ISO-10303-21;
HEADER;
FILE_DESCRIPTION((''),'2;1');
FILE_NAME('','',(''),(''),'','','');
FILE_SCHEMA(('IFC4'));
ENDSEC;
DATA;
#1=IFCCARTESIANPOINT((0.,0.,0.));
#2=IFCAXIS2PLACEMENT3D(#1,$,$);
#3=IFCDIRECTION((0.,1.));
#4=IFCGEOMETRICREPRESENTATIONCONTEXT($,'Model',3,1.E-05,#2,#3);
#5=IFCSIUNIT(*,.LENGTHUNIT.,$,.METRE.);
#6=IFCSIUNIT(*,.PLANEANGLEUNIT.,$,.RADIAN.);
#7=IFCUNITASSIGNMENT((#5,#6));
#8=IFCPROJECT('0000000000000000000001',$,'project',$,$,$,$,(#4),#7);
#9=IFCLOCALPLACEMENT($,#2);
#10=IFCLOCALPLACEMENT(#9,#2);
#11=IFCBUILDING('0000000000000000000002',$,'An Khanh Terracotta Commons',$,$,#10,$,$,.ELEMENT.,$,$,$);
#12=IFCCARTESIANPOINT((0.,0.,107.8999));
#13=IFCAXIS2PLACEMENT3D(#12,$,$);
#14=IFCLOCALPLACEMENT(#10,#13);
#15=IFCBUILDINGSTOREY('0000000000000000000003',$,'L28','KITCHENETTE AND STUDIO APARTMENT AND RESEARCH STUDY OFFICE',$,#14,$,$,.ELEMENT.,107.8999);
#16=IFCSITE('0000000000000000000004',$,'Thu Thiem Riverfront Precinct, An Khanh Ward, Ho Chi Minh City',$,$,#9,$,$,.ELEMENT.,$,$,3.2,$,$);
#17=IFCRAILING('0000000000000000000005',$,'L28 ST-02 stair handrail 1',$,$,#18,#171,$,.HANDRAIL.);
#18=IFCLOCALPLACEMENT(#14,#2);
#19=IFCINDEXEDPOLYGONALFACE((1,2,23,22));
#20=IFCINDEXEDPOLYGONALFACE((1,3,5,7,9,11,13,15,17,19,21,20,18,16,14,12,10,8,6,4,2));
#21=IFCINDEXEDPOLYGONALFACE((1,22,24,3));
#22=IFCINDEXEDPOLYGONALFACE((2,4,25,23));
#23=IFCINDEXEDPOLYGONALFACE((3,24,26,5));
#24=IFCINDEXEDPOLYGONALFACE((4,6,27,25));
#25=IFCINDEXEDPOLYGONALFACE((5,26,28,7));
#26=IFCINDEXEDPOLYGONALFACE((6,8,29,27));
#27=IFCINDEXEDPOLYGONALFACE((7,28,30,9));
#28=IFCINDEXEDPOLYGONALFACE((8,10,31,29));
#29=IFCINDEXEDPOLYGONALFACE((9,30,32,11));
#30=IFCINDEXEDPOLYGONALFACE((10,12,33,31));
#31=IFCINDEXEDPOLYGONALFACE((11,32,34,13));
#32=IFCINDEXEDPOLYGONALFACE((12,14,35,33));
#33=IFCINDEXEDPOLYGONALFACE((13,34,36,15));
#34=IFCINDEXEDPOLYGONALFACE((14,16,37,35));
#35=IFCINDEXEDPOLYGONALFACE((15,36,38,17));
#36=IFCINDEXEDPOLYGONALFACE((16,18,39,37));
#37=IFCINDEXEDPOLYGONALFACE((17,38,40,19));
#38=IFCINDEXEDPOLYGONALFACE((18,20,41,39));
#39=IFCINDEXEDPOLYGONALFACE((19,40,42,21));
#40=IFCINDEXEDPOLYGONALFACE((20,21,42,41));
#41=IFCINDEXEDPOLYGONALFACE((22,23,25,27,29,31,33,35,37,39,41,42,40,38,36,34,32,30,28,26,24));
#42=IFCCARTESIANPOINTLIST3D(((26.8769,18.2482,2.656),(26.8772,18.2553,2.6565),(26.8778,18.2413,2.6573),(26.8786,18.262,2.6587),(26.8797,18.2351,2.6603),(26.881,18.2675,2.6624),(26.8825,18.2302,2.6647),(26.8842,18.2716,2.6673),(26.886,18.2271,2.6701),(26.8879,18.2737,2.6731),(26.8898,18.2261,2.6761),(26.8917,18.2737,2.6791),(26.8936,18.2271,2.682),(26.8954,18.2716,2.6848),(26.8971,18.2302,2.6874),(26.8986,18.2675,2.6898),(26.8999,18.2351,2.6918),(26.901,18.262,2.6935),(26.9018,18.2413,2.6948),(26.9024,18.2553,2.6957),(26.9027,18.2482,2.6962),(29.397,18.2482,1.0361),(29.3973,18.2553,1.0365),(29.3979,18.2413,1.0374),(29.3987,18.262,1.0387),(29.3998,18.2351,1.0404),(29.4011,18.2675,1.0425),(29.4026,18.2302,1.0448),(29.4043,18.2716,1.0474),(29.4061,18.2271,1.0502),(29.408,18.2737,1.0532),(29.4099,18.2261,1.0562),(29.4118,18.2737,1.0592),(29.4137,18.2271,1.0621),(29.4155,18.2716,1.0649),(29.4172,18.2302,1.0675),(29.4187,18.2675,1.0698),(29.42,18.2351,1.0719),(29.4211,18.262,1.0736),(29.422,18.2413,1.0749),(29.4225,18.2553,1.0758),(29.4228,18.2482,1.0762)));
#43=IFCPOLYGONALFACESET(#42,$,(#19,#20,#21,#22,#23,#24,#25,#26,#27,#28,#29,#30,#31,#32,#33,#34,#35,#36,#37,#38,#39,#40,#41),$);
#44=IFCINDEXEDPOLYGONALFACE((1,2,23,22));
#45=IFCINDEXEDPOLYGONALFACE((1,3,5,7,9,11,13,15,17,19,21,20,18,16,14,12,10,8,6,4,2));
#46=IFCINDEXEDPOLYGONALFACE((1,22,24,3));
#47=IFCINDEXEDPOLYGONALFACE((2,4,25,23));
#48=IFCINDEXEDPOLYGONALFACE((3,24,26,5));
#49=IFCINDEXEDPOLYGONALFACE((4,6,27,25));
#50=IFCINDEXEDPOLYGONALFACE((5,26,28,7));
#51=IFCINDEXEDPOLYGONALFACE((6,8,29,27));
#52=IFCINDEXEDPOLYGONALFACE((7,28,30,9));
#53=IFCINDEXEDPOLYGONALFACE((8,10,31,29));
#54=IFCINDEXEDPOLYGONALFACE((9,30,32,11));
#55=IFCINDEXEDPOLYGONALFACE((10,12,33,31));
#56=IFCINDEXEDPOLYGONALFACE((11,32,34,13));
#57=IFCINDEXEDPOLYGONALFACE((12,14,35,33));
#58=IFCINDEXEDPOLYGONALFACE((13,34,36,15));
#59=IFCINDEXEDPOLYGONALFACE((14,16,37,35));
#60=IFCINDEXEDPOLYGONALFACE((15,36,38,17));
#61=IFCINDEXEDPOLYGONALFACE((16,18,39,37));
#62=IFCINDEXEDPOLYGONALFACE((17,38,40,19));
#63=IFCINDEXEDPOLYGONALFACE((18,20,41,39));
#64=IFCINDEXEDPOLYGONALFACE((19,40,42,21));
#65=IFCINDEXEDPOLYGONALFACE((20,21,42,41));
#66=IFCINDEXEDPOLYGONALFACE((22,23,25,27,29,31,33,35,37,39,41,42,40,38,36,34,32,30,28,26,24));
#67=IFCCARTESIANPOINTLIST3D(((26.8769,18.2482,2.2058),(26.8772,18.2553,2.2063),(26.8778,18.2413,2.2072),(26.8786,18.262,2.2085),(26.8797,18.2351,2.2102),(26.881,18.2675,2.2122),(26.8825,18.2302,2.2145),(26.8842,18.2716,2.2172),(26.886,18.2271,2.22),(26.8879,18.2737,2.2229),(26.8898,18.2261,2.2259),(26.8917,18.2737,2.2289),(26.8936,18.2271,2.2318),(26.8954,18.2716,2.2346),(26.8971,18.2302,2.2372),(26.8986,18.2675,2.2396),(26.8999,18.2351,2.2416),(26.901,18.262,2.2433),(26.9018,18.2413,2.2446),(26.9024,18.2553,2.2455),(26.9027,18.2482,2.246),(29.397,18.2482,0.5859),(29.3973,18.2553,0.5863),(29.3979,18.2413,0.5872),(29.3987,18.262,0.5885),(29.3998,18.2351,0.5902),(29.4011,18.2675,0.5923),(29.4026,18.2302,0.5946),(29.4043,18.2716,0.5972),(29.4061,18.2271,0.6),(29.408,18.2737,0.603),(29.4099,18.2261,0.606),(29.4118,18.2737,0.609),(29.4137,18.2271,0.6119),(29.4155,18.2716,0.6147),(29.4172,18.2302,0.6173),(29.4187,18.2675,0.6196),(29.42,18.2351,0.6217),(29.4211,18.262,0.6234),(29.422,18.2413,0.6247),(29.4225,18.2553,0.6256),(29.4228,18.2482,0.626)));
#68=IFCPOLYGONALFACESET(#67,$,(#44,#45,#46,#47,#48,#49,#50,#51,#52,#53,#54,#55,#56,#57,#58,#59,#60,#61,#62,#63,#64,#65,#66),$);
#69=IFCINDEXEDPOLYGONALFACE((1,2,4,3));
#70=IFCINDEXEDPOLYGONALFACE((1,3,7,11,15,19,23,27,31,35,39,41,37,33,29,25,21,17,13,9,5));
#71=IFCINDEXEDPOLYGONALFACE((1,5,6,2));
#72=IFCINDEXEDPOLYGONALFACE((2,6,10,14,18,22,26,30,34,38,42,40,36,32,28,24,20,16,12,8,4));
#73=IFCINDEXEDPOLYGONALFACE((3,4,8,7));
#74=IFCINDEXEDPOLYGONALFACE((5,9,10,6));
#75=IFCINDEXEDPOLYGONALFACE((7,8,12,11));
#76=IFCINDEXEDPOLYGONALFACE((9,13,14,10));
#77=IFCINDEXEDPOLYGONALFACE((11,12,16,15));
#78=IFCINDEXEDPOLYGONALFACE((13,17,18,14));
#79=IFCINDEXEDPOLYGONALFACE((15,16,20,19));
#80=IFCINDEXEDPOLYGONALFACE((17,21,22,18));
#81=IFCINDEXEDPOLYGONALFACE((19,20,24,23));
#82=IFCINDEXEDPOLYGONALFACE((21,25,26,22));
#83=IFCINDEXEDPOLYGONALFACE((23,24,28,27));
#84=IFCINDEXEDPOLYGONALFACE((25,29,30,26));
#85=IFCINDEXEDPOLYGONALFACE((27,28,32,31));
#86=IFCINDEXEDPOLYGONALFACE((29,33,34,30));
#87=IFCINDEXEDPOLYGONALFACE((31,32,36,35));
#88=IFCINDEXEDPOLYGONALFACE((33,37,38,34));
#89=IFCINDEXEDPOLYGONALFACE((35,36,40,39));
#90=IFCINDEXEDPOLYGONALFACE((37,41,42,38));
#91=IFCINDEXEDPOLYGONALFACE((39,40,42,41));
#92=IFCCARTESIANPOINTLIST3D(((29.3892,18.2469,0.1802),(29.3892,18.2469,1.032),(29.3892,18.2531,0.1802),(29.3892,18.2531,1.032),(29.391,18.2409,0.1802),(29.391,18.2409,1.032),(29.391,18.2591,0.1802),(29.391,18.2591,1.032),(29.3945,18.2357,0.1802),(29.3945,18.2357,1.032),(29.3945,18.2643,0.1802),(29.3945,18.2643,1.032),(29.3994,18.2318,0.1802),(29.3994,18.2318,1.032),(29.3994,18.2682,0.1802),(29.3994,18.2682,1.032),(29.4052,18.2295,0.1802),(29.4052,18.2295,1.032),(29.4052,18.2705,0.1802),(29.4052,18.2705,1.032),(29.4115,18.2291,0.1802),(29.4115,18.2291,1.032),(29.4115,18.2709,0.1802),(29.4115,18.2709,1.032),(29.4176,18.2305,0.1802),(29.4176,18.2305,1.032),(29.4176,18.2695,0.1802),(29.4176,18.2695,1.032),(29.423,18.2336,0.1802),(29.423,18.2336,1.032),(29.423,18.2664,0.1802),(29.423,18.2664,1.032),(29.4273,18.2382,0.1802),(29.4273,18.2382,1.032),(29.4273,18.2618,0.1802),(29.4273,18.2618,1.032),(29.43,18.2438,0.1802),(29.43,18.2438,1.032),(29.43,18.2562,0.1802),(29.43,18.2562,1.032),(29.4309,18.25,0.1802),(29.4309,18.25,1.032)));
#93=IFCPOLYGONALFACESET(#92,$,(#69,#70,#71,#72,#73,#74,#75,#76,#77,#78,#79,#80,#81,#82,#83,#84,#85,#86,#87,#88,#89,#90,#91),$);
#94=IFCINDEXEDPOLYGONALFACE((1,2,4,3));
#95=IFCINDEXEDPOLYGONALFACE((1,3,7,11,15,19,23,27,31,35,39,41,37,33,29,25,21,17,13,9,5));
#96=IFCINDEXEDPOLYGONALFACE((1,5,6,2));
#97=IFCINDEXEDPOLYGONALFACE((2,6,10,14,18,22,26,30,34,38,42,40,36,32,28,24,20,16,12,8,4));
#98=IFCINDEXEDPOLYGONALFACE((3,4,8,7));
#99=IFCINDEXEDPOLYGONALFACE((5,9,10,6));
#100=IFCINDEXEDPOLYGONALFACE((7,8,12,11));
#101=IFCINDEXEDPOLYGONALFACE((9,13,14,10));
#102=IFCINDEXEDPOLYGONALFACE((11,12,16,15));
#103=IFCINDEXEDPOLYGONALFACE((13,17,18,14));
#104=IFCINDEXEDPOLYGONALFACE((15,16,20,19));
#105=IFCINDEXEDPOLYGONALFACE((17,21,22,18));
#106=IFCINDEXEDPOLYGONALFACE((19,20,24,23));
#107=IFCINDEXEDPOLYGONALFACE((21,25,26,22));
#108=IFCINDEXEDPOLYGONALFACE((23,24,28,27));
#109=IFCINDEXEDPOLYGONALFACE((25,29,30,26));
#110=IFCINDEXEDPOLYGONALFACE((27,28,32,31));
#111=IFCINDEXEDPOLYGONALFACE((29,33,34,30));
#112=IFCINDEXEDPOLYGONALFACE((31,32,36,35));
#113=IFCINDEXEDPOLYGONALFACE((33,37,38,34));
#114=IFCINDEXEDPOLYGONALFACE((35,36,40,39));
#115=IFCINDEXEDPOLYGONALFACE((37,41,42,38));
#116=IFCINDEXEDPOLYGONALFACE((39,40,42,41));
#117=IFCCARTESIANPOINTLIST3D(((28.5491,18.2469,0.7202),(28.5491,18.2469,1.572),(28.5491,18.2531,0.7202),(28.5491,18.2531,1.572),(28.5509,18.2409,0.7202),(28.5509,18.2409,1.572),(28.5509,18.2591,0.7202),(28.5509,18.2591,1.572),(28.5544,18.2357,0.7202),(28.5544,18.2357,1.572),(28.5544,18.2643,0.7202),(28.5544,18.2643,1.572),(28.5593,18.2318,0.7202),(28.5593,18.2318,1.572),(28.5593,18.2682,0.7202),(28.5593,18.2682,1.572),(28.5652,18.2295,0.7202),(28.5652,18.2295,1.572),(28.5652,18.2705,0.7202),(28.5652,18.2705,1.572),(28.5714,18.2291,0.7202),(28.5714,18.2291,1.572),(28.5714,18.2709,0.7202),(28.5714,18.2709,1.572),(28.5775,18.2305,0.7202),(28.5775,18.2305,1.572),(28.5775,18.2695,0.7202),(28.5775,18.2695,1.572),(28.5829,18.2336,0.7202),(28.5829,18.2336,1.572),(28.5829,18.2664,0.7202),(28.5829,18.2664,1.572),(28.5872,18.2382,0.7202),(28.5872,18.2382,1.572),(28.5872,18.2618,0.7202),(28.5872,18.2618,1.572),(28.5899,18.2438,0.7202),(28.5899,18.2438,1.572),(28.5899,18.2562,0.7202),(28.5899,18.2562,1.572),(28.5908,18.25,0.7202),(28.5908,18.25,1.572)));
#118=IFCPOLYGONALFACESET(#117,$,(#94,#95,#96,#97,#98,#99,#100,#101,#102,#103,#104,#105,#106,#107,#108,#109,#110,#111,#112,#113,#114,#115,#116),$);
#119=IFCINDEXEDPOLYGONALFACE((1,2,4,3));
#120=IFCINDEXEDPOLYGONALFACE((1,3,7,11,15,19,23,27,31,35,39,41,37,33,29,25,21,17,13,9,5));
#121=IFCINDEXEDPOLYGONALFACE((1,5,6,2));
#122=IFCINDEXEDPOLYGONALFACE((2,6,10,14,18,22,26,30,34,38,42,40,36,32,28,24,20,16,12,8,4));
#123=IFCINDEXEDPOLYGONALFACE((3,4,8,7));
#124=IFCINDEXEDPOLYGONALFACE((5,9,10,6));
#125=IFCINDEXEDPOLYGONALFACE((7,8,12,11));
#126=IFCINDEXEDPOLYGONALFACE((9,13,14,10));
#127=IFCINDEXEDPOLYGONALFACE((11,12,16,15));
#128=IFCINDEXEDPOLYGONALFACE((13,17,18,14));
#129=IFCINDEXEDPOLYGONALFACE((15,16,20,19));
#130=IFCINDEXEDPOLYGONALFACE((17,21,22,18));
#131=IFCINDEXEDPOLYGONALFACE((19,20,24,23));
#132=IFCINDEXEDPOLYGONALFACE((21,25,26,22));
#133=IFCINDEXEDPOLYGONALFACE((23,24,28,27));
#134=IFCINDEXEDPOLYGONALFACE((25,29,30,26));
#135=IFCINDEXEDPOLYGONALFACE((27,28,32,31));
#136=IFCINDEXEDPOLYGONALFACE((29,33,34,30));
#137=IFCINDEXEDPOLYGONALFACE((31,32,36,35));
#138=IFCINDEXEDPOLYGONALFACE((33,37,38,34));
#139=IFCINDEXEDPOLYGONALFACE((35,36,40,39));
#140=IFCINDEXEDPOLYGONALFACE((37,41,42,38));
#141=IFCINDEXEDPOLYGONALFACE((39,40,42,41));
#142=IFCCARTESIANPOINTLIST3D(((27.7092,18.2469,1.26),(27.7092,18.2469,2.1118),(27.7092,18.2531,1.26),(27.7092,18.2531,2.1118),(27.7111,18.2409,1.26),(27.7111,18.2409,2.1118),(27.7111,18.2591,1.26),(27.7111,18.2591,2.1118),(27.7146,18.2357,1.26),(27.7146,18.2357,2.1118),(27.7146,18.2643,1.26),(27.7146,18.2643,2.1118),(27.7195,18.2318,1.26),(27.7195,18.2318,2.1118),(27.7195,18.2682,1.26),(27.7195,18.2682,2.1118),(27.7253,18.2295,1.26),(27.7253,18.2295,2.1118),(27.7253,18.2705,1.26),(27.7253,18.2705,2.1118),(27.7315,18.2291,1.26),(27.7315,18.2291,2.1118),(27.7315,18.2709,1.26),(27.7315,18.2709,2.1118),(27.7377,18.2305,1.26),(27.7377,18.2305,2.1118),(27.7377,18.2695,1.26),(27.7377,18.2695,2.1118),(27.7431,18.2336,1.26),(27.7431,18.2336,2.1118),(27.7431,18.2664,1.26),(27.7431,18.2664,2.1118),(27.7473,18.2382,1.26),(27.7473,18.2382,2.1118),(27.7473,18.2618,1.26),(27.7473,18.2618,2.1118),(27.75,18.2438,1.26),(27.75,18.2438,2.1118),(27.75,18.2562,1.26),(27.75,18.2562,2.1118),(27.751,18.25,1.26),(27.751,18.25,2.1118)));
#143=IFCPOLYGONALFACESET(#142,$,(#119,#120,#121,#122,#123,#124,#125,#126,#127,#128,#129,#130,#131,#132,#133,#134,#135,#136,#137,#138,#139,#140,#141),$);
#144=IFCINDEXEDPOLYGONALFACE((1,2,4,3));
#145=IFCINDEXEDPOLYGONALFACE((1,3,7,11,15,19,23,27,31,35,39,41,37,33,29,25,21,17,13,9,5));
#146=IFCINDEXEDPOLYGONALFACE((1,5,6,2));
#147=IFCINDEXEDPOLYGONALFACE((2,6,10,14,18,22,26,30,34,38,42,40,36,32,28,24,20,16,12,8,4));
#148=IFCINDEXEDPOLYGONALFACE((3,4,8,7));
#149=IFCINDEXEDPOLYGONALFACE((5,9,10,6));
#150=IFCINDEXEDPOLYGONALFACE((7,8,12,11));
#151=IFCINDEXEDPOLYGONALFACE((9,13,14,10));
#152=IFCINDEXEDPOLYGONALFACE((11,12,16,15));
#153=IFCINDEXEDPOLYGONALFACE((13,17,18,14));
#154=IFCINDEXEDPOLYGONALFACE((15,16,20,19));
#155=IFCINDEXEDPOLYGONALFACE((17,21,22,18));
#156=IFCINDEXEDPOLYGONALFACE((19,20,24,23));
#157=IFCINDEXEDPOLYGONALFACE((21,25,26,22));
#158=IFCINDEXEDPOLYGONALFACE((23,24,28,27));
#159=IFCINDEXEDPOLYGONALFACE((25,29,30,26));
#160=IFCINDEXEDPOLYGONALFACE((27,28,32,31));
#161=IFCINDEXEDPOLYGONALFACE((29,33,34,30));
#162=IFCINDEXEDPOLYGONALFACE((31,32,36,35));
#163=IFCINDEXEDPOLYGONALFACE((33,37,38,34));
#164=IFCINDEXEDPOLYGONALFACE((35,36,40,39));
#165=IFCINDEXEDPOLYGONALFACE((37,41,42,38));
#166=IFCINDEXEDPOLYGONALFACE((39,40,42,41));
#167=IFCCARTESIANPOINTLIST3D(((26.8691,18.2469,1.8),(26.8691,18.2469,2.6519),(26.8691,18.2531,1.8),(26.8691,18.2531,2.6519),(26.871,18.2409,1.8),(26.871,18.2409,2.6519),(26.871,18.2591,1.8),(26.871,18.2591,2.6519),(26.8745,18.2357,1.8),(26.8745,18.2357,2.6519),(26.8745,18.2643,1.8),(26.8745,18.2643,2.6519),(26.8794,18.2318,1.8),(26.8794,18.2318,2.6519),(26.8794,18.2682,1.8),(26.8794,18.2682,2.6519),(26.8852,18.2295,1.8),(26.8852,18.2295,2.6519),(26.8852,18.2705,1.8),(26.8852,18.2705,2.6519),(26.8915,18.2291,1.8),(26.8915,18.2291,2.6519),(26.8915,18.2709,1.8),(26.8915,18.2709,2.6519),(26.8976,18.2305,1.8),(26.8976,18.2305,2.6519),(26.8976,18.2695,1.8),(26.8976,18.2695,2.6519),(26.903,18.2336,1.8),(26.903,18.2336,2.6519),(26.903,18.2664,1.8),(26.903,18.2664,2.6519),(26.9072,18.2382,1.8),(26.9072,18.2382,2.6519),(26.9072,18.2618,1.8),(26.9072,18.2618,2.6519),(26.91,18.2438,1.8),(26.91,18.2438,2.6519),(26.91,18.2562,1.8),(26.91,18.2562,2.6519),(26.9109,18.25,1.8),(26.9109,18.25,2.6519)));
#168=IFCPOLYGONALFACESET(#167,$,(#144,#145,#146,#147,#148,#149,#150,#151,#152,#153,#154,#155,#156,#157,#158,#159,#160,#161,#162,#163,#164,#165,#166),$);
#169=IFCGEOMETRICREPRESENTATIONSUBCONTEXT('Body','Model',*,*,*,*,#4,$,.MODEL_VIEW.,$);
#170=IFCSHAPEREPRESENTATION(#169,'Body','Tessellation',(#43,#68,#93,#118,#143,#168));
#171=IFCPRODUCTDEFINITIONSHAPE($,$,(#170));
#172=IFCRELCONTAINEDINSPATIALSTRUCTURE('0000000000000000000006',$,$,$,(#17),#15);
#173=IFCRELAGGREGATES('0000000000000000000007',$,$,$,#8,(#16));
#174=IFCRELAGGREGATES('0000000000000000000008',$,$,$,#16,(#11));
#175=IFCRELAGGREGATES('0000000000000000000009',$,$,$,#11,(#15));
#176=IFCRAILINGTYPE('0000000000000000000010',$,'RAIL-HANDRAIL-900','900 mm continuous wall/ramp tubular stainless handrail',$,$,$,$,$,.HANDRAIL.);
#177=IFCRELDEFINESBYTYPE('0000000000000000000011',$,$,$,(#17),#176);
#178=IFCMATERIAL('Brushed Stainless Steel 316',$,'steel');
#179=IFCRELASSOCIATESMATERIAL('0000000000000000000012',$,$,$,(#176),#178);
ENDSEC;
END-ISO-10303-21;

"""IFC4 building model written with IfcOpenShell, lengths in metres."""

from ifc_helpers import new_model, si_unit, direction, frame, origin, origin_2d, place, context, subcontext, project, spatial, circle, extrude, material, type_object, element, save


model = new_model("IFC4")

# Units and contexts
model_context = context("Model", 3, precision=1e-05, world=origin(), true_north=direction((0.0, 1.0)))
body_context = subcontext(model_context, "Body", "Model", "MODEL_VIEW")
ifc_project = project(units=[si_unit("LENGTHUNIT", "METRE"), si_unit("PLANEANGLEUNIT", "RADIAN")], contexts=[model_context])

# Site, building, storey
site_placement = place(None, origin())
site = spatial("IfcSite", under=ifc_project, at=site_placement, Name="Thu Thiem Riverfront Precinct, An Khanh Ward, Ho Chi Minh City", CompositionType="ELEMENT", RefElevation=3.2)
building_placement = place(site_placement, origin())
building = spatial("IfcBuilding", under=site, at=building_placement, Name="An Khanh Terracotta Commons", CompositionType="ELEMENT")
storey_placement = place(building_placement, frame((0.0, 0.0, 107.8999)))
storey = spatial("IfcBuildingStorey", under=building, at=storey_placement, Name="L28", Description="KITCHENETTE AND STUDIO APARTMENT AND RESEARCH STUDY OFFICE", CompositionType="ELEMENT", Elevation=107.8999)

# Railing
ifc_material_1 = material(Name="Brushed Stainless Steel 316", Category="steel")
railing_type = type_object("IfcRailingType", Name="RAIL-HANDRAIL-900", Description="900 mm continuous wall/ramp tubular stainless handrail", PredefinedType="HANDRAIL", material=ifc_material_1)
railing_placement = place(storey_placement, frame((29.4099, 18.25, 0.1802)))
element("IfcRailing", 1, at=railing_placement, inside=storey, type_object=railing_type, Name="L28 ST-02 stair handrail 1", PredefinedType="HANDRAIL", context=body_context, shape_type="SweptSolid", body=[
    extrude(circle(Radius=0.0239, at=origin_2d()), frame((0.0, 0.0, 0.876), z_axis=(-0.8412, 0.0, 0.540725), x_axis=(0.0, -1.0, 0.0)), (0.0, 0.0, 1.0), 2.9958),
    extrude(circle(Radius=0.0239, at=origin_2d()), frame((0.0, 0.0, 0.4258), z_axis=(-0.8412, 0.0, 0.540725), x_axis=(0.0, -1.0, 0.0)), (0.0, 0.0, 1.0), 2.9958),
    extrude(circle(Radius=0.021, at=origin_2d()), origin(), (0.0, 0.0, 1.0), 0.8518),
    extrude(circle(Radius=0.021, at=origin_2d()), frame((-0.8401, 0.0, 0.54)), (0.0, 0.0, 1.0), 0.8518),
    extrude(circle(Radius=0.021, at=origin_2d()), frame((-1.6799, 0.0, 1.0798)), (0.0, 0.0, 1.0), 0.8518),
    extrude(circle(Radius=0.021, at=origin_2d()), frame((-2.52, 0.0, 1.6199)), (0.0, 0.0, 1.0), 0.8518),
])

save(model, "model.ifc")
